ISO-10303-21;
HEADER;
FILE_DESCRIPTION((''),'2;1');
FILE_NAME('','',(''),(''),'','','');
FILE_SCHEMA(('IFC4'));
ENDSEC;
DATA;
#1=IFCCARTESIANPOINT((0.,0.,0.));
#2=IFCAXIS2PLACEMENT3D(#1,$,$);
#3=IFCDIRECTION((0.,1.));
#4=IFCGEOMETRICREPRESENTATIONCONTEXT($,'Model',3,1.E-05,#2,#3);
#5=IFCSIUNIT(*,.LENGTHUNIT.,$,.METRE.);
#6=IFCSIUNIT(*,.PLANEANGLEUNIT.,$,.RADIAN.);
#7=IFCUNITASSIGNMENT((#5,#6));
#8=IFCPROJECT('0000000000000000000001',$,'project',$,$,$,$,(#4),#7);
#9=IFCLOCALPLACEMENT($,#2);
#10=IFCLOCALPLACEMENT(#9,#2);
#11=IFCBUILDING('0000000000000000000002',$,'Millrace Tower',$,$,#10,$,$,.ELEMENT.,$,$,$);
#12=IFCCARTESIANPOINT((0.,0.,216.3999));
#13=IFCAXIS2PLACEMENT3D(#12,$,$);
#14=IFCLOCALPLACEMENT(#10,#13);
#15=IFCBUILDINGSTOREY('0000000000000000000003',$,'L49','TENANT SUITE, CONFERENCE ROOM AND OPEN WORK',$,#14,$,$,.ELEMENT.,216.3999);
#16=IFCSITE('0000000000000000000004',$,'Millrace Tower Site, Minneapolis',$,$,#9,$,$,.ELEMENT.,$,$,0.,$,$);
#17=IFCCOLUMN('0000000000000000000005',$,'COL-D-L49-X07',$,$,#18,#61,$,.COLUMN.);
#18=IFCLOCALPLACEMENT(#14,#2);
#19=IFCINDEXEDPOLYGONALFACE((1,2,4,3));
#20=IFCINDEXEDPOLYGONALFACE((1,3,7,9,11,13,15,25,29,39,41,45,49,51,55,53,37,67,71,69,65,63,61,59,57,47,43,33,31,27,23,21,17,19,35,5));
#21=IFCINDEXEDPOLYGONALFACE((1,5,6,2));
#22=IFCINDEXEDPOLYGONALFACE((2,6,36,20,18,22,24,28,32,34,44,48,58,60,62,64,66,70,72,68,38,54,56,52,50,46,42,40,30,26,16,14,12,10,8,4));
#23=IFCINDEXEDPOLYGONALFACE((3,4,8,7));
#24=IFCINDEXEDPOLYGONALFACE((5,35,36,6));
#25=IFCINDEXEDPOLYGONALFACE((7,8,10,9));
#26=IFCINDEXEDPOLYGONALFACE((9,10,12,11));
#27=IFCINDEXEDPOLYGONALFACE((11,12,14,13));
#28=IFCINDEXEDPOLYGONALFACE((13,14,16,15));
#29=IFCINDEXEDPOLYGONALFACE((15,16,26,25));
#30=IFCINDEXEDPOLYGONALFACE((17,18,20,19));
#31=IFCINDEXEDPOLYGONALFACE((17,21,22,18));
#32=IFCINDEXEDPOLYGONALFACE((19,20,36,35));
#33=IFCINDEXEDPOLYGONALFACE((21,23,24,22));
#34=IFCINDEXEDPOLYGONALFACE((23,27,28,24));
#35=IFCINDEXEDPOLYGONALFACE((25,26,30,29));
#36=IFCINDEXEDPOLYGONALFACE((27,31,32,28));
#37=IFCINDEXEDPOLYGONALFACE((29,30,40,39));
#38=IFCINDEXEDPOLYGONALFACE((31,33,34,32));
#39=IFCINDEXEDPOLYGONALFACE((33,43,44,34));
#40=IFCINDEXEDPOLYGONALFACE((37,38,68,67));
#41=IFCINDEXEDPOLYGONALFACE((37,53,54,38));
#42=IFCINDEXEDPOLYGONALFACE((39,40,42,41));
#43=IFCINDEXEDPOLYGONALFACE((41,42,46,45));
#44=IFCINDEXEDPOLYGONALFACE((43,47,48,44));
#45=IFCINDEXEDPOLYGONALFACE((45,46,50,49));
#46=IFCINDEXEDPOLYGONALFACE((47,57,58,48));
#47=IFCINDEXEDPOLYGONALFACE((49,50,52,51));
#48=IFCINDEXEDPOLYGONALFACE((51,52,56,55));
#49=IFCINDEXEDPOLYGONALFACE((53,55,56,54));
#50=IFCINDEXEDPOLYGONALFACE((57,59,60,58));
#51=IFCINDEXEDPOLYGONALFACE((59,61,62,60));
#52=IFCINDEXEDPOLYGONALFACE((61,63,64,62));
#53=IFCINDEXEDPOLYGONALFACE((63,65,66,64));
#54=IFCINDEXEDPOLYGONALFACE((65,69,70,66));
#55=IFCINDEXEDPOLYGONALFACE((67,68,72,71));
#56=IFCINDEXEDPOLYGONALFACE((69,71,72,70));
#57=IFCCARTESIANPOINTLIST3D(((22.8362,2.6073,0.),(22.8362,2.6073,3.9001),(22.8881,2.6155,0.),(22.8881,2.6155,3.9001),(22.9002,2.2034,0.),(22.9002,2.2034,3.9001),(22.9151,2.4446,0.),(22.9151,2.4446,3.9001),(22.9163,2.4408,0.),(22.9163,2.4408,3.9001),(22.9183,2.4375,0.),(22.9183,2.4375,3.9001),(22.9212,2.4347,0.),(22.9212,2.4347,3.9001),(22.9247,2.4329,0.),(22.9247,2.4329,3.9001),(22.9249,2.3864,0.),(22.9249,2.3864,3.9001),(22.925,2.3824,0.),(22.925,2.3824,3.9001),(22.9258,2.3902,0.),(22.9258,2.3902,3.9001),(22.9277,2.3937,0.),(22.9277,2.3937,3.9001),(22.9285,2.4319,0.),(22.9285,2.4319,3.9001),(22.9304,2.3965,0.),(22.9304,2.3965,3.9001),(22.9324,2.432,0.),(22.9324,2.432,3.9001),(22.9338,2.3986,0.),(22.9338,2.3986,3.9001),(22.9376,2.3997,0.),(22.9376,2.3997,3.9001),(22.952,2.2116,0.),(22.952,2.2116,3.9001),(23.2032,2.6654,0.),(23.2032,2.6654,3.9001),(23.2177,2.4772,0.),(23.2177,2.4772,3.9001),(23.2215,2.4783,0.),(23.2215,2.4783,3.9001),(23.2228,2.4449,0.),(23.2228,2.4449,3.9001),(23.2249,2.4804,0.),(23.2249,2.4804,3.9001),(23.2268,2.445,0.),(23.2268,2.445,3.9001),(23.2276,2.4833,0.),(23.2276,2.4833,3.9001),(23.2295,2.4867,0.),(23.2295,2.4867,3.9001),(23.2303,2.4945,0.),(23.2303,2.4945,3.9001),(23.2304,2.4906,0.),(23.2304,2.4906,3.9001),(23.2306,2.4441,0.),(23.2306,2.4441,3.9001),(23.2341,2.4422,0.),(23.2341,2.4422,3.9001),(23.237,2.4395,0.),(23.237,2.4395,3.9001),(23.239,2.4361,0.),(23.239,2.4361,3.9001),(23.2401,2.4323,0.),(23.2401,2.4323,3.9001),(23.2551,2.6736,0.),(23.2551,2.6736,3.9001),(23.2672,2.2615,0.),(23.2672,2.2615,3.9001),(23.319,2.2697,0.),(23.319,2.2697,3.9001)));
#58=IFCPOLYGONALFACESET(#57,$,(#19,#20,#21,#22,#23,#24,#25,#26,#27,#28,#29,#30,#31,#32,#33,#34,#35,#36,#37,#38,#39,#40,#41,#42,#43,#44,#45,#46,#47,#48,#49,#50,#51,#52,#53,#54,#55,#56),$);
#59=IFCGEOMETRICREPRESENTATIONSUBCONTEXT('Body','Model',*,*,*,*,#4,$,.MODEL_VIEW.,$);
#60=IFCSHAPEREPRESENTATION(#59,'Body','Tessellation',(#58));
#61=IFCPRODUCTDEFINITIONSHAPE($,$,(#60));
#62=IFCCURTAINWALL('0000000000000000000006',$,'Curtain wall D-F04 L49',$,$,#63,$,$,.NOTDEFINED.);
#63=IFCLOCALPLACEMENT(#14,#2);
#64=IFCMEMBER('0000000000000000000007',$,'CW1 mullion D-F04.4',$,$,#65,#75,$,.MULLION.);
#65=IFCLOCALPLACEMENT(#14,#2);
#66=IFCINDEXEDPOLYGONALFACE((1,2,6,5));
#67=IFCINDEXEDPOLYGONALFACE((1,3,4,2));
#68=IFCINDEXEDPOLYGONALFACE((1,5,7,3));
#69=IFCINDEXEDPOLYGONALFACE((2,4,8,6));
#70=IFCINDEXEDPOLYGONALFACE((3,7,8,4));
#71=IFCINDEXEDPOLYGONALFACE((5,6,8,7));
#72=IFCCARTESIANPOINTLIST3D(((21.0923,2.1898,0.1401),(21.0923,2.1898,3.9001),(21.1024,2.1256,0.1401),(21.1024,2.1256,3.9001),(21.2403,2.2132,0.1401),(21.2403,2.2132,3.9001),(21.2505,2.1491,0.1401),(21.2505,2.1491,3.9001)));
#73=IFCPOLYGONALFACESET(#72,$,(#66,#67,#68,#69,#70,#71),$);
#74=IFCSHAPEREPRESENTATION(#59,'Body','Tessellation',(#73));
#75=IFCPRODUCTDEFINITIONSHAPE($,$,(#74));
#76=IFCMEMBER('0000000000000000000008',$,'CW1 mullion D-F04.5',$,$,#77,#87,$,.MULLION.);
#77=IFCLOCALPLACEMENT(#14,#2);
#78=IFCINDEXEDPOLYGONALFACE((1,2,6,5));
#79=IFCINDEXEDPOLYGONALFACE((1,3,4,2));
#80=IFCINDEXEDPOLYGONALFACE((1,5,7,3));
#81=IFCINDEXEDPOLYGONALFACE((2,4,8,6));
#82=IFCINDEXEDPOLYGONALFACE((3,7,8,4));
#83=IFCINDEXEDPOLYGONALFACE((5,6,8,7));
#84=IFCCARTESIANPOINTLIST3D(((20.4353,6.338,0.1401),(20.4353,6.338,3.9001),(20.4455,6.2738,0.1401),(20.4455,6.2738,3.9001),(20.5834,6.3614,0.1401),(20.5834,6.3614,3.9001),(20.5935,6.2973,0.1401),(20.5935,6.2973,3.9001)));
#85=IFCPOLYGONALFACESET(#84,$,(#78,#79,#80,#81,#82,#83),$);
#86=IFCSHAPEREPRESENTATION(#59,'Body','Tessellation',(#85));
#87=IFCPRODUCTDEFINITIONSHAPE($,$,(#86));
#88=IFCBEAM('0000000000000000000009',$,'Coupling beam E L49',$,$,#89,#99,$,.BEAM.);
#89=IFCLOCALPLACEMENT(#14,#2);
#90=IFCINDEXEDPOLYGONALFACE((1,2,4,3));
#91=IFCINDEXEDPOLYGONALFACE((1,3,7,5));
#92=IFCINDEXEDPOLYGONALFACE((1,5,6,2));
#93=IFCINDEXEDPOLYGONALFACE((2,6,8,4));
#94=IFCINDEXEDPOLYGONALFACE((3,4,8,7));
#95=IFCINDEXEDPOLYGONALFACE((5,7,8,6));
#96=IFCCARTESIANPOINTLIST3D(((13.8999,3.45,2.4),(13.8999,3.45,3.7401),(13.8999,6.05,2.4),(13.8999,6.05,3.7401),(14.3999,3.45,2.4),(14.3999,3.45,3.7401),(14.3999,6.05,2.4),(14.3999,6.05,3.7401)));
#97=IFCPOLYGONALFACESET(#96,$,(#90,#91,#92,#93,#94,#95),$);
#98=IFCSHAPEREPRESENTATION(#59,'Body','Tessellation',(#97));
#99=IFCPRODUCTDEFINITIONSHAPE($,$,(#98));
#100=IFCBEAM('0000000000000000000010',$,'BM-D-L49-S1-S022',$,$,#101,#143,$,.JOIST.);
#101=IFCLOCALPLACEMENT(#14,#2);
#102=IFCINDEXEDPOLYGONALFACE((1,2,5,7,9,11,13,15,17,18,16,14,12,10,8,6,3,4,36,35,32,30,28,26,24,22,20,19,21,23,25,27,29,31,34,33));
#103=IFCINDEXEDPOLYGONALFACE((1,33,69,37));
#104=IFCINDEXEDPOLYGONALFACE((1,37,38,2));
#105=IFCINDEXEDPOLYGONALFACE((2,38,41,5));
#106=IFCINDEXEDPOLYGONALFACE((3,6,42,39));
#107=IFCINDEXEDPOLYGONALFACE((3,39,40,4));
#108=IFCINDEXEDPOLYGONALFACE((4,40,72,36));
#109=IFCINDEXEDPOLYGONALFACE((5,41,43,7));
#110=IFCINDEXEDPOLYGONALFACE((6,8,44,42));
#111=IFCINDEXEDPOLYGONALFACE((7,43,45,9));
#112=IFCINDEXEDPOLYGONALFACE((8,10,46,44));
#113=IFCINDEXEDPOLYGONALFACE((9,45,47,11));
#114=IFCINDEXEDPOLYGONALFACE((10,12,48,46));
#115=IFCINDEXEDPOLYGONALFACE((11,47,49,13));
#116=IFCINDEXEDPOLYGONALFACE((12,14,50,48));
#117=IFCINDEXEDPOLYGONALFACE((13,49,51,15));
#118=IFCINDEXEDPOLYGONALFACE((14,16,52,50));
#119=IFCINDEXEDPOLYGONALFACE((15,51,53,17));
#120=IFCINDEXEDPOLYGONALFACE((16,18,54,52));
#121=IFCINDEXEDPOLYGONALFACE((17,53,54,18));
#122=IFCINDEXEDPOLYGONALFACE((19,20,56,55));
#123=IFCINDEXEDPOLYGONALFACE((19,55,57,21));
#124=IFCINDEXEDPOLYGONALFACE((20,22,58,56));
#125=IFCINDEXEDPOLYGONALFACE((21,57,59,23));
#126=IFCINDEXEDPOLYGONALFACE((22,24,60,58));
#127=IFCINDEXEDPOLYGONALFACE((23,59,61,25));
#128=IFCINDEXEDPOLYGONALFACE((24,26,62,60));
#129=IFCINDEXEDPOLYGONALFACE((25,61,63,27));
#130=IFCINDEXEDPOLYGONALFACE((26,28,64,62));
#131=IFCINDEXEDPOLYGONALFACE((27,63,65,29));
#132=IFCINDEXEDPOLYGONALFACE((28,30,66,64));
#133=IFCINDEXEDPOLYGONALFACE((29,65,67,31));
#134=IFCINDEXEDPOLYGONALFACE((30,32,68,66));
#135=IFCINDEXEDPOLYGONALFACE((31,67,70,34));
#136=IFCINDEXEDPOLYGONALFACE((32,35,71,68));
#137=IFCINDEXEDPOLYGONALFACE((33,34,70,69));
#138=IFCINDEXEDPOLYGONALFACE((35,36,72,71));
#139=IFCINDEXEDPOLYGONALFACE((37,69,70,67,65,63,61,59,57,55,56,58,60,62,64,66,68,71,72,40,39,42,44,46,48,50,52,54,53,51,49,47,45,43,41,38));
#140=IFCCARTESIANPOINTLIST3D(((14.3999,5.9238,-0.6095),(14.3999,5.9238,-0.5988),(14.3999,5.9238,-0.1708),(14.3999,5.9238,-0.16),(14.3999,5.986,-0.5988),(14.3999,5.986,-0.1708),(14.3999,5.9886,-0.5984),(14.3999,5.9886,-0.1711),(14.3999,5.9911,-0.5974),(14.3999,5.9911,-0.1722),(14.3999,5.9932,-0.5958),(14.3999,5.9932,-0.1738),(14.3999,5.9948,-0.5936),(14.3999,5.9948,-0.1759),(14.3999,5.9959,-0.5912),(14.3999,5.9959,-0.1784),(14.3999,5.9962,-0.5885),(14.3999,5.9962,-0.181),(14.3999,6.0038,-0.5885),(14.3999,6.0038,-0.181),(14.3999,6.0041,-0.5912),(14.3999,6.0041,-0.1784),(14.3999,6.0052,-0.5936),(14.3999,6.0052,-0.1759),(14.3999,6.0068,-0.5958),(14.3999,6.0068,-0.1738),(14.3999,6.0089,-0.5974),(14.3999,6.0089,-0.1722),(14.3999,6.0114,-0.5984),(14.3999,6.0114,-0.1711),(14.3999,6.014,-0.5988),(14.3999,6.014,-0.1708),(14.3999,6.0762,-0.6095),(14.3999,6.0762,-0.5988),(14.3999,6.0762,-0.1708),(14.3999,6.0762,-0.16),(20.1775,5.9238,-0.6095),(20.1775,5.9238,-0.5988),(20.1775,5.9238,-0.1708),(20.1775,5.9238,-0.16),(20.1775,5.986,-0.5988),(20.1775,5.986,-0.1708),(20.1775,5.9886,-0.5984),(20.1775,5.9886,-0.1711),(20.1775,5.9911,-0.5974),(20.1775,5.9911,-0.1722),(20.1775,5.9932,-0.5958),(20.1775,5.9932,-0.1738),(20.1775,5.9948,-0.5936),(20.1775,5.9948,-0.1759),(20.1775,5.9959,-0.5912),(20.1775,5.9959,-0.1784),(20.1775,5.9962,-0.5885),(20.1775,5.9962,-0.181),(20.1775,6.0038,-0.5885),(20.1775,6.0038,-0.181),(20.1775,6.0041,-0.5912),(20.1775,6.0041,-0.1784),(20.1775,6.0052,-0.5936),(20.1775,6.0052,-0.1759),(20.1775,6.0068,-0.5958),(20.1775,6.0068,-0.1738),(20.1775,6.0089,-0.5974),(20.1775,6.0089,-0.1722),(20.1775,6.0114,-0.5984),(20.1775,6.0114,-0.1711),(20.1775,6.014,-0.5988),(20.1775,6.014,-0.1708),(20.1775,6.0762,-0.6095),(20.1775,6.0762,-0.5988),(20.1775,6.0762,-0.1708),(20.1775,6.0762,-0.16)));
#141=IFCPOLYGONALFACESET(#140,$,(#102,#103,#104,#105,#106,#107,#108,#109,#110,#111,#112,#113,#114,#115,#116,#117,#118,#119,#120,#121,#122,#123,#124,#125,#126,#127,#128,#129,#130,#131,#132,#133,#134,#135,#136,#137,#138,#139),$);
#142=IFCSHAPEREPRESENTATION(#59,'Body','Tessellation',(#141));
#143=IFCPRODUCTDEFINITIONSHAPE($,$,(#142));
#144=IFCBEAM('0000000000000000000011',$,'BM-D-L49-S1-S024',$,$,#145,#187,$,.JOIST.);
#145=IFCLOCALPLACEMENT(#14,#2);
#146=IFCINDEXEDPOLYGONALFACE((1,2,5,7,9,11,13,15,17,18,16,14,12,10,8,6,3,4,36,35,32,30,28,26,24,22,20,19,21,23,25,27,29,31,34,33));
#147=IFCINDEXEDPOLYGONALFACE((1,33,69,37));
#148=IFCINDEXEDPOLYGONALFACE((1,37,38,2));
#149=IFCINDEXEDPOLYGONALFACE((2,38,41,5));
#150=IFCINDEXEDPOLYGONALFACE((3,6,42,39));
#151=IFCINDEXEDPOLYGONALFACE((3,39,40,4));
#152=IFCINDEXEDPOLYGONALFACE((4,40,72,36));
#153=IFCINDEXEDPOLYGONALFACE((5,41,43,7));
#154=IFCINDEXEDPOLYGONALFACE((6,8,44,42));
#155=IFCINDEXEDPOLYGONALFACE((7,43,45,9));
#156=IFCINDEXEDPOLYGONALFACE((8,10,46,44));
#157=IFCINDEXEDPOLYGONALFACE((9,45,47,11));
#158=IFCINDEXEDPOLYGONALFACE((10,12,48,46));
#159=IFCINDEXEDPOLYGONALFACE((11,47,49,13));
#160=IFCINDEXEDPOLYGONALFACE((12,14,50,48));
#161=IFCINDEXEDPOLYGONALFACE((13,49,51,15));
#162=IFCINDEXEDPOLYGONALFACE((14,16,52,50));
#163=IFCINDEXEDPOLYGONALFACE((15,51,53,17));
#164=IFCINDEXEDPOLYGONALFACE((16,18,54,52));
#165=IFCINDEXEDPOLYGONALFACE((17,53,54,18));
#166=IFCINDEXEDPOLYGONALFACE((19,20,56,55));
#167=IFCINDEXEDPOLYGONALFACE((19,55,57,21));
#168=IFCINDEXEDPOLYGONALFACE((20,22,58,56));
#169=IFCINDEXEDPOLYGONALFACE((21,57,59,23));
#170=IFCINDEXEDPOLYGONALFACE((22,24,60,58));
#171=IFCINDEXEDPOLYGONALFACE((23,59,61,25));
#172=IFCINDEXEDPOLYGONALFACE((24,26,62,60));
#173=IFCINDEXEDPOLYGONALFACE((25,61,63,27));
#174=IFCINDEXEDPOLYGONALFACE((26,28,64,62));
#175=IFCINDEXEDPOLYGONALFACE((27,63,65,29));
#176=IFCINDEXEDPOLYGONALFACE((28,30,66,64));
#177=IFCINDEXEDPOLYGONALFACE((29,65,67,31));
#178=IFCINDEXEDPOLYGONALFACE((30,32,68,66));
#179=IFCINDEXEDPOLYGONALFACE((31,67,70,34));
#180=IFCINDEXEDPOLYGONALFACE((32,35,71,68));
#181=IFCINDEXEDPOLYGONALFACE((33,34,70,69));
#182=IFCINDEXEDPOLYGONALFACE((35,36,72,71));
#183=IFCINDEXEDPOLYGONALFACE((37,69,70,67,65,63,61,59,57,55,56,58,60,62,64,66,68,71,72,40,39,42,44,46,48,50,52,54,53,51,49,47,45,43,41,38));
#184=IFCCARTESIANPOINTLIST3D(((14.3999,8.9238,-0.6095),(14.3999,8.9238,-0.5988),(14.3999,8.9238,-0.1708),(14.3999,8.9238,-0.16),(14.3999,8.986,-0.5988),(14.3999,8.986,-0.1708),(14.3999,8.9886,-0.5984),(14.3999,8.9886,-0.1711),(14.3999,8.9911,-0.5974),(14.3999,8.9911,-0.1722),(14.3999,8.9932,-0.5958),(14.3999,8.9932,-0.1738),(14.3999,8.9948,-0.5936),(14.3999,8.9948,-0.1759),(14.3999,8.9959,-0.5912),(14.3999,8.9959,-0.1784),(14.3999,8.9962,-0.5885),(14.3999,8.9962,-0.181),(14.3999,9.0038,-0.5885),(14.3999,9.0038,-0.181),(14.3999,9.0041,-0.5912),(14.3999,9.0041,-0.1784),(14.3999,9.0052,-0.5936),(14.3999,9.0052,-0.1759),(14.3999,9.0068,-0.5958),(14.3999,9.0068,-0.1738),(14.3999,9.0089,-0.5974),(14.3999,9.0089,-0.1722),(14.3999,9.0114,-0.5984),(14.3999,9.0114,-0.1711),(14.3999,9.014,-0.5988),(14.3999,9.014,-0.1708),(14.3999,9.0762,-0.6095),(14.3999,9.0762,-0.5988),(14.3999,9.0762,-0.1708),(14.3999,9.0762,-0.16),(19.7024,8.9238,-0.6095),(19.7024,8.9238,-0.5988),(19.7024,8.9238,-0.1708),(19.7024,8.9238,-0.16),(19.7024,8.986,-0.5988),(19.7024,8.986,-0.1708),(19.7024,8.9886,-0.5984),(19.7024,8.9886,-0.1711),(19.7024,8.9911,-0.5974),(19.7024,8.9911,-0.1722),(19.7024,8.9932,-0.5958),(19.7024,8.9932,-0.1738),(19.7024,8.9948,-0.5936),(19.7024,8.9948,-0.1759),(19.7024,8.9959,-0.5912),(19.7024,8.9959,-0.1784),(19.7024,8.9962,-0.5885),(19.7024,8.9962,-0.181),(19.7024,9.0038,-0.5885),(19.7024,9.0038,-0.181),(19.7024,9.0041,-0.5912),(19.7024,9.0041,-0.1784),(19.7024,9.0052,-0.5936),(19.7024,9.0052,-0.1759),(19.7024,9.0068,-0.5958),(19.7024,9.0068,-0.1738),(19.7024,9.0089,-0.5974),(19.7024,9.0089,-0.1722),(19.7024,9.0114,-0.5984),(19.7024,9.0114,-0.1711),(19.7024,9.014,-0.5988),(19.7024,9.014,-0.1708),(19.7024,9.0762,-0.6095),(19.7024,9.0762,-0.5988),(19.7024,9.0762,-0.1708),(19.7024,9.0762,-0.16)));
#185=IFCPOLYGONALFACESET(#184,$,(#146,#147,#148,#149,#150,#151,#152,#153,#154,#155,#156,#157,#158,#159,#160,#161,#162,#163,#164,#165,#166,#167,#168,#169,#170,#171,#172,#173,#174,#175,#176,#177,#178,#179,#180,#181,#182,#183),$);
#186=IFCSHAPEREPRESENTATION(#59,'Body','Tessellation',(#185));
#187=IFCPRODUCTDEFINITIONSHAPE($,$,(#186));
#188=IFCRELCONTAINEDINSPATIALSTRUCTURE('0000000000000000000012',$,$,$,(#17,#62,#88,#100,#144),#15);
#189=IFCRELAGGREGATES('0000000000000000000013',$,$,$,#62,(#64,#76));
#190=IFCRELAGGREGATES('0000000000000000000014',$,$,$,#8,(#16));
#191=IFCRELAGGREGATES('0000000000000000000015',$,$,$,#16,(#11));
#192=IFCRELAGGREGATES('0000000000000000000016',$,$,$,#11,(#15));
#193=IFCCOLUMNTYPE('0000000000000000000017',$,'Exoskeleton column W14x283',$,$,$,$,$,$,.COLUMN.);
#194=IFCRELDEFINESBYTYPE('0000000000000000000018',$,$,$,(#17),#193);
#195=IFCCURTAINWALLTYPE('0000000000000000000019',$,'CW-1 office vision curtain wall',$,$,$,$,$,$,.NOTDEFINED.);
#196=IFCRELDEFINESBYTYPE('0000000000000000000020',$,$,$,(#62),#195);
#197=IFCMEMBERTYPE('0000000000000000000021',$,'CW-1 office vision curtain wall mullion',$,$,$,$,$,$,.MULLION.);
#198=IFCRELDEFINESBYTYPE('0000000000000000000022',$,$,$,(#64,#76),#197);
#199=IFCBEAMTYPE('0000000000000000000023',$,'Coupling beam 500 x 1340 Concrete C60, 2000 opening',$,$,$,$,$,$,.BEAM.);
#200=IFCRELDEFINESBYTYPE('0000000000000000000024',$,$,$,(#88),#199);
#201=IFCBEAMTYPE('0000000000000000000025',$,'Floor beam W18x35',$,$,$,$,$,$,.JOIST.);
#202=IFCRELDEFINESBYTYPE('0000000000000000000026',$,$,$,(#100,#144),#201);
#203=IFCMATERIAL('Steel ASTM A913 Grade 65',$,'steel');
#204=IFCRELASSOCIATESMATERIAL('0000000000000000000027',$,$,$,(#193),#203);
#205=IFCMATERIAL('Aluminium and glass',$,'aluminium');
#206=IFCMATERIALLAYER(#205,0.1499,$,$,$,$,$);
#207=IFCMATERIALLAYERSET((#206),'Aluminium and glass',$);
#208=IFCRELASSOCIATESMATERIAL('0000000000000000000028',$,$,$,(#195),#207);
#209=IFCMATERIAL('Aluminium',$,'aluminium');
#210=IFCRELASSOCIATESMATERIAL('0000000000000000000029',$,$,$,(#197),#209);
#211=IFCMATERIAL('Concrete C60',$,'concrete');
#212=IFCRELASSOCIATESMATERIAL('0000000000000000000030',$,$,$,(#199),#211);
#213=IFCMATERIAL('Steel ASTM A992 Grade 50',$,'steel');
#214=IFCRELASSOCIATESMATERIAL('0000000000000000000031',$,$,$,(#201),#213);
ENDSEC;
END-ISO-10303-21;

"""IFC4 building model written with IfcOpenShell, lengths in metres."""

from ifc_helpers import new_model, si_unit, direction, frame, origin, origin_2d, place, context, subcontext, project, spatial, rectangle, i_section, extrude, material, layer, layer_set, material_profile, profile_set, type_object, element, aggregate, save


model = new_model("IFC4")

# Units and contexts
model_context = context("Model", 3, precision=1e-05, world=origin(), true_north=direction((0.0, 1.0)))
body_context = subcontext(model_context, "Body", "Model", "MODEL_VIEW")
ifc_project = project(units=[si_unit("LENGTHUNIT", "METRE"), si_unit("PLANEANGLEUNIT", "RADIAN")], contexts=[model_context])

# Site, building, storey
site_placement = place(None, origin())
site = spatial("IfcSite", under=ifc_project, at=site_placement, Name="Millrace Tower Site, Minneapolis", CompositionType="ELEMENT", RefElevation=0.0)
building_placement = place(site_placement, origin())
building = spatial("IfcBuilding", under=site, at=building_placement, Name="Millrace Tower", CompositionType="ELEMENT")
storey_placement = place(building_placement, frame((0.0, 0.0, 216.3999)))
storey = spatial("IfcBuildingStorey", under=building, at=storey_placement, Name="L49", Description="TENANT SUITE, CONFERENCE ROOM AND OPEN WORK", CompositionType="ELEMENT", Elevation=216.3999)

# Column
ifc_material_1 = material(Name="Steel ASTM A913 Grade 65", Category="steel")
ifc_material_profile_1 = material_profile(ifc_material_1, i_section(OverallWidth=0.4089, OverallDepth=0.4241, WebThickness=0.0327, FlangeThickness=0.0525, FilletRadius=0.0151, at=origin_2d()))
ifc_profile_set_1 = profile_set([ifc_material_profile_1], Name="Steel ASTM A913 Grade 65")
column_type = type_object("IfcColumnType", Name="Exoskeleton column W14x283", PredefinedType="COLUMN", material=ifc_profile_set_1)
column_placement = place(storey_placement, frame((23.0776, 2.4385, 0.0), z_axis=(0.0, 0.0, 1.0), x_axis=(-0.156434, 0.987688, 0.0)))
element("IfcColumn", 1, at=column_placement, inside=storey, type_object=column_type, Name="COL-D-L49-X07", PredefinedType="COLUMN", context=body_context, shape_type="SweptSolid", body=[
    extrude(i_section(OverallWidth=0.4089, OverallDepth=0.4241, WebThickness=0.0327, FlangeThickness=0.0525, FilletRadius=0.0151, at=origin_2d()), origin(), (0.0, 0.0, 1.0), 3.9001),
])

# Curtain wall, members
ifc_material_2 = material(Name="Aluminium and glass", Category="aluminium")
ifc_layer_1 = layer(ifc_material_2, 0.1499)
ifc_layer_set_1 = layer_set([ifc_layer_1], Name="Aluminium and glass")
curtain_wall_type = type_object("IfcCurtainWallType", Name="CW-1 office vision curtain wall", PredefinedType="NOTDEFINED", material=ifc_layer_set_1)
curtain_wall_placement = place(storey_placement, origin())
curtain_wall = element("IfcCurtainWall", 2, at=curtain_wall_placement, inside=storey, type_object=curtain_wall_type, Name="Curtain wall D-F04 L49", PredefinedType="NOTDEFINED")
ifc_material_3 = material(Name="Aluminium", Category="aluminium")
ifc_material_profile_2 = material_profile(ifc_material_3, rectangle(XDim=0.0649, YDim=0.1499, at=origin_2d()))
ifc_profile_set_2 = profile_set([ifc_material_profile_2], Name="Aluminium")
member_type = type_object("IfcMemberType", Name="CW-1 office vision curtain wall mullion", PredefinedType="MULLION", material=ifc_profile_set_2)
member_1_placement = place(storey_placement, frame((21.1714, 2.1694, 0.1401), z_axis=(0.0, 0.0, 1.0), x_axis=(-0.156434, 0.987688, 0.0)))
member_1 = element("IfcMember", 3, at=member_1_placement, type_object=member_type, Name="CW1 mullion D-F04.4", PredefinedType="MULLION", context=body_context, shape_type="SweptSolid", body=[
    extrude(rectangle(XDim=0.0649, YDim=0.1499, at=origin_2d()), origin(), (0.0, 0.0, 1.0), 3.76),
])
member_2_placement = place(storey_placement, frame((20.5144, 6.3176, 0.1401), z_axis=(0.0, 0.0, 1.0), x_axis=(-0.156434, 0.987688, 0.0)))
member_2 = element("IfcMember", 4, at=member_2_placement, type_object=member_type, Name="CW1 mullion D-F04.5", PredefinedType="MULLION", context=body_context, shape_type="SweptSolid", body=[
    extrude(rectangle(XDim=0.0649, YDim=0.1499, at=origin_2d()), origin(), (0.0, 0.0, 1.0), 3.76),
])
aggregate(curtain_wall, [member_1, member_2])

# Beams
ifc_material_4 = material(Name="Concrete C60", Category="concrete")
ifc_material_profile_3 = material_profile(ifc_material_4, rectangle(XDim=0.5, YDim=1.3401, at=origin_2d()))
ifc_profile_set_3 = profile_set([ifc_material_profile_3], Name="Concrete C60")
beam_type_1 = type_object("IfcBeamType", Name="Coupling beam 500 x 1340 Concrete C60, 2000 opening", PredefinedType="BEAM", material=ifc_profile_set_3)
beam_1_placement = place(storey_placement, frame((14.1499, 6.05, 3.0701), z_axis=(0.0, -1.0, 0.0), x_axis=(1.0, 0.0, 0.0)))
element("IfcBeam", 5, at=beam_1_placement, inside=storey, type_object=beam_type_1, Name="Coupling beam E L49", PredefinedType="BEAM", context=body_context, shape_type="SweptSolid", body=[
    extrude(rectangle(XDim=0.5, YDim=1.3401, at=origin_2d()), origin(), (0.0, 0.0, 1.0), 2.6001),
])
ifc_material_5 = material(Name="Steel ASTM A992 Grade 50", Category="steel")
ifc_material_profile_4 = material_profile(ifc_material_5, i_section(OverallWidth=0.1523, OverallDepth=0.4495, WebThickness=0.0076, FlangeThickness=0.0107, FilletRadius=0.0103, at=origin_2d()))
ifc_profile_set_4 = profile_set([ifc_material_profile_4], Name="Steel ASTM A992 Grade 50")
beam_type_2 = type_object("IfcBeamType", Name="Floor beam W18x35", PredefinedType="JOIST", material=ifc_profile_set_4)
beam_2_placement = place(storey_placement, frame((14.3999, 6.0, -0.3848), z_axis=(1.0, 0.0, 0.0), x_axis=(0.0, 1.0, 0.0)))
element("IfcBeam", 6, at=beam_2_placement, inside=storey, type_object=beam_type_2, Name="BM-D-L49-S1-S022", PredefinedType="JOIST", context=body_context, shape_type="SweptSolid", body=[
    extrude(i_section(OverallWidth=0.1523, OverallDepth=0.4495, WebThickness=0.0076, FlangeThickness=0.0107, FilletRadius=0.0103, at=origin_2d()), origin(), (0.0, 0.0, 1.0), 5.7776),
])
beam_3_placement = place(storey_placement, frame((14.3999, 9.0, -0.3848), z_axis=(1.0, 0.0, 0.0), x_axis=(0.0, 1.0, 0.0)))
element("IfcBeam", 7, at=beam_3_placement, inside=storey, type_object=beam_type_2, Name="BM-D-L49-S1-S024", PredefinedType="JOIST", context=body_context, shape_type="SweptSolid", body=[
    extrude(i_section(OverallWidth=0.1523, OverallDepth=0.4495, WebThickness=0.0076, FlangeThickness=0.0107, FilletRadius=0.0103, at=origin_2d()), origin(), (0.0, 0.0, 1.0), 5.3025),
])

save(model, "model.ifc")
